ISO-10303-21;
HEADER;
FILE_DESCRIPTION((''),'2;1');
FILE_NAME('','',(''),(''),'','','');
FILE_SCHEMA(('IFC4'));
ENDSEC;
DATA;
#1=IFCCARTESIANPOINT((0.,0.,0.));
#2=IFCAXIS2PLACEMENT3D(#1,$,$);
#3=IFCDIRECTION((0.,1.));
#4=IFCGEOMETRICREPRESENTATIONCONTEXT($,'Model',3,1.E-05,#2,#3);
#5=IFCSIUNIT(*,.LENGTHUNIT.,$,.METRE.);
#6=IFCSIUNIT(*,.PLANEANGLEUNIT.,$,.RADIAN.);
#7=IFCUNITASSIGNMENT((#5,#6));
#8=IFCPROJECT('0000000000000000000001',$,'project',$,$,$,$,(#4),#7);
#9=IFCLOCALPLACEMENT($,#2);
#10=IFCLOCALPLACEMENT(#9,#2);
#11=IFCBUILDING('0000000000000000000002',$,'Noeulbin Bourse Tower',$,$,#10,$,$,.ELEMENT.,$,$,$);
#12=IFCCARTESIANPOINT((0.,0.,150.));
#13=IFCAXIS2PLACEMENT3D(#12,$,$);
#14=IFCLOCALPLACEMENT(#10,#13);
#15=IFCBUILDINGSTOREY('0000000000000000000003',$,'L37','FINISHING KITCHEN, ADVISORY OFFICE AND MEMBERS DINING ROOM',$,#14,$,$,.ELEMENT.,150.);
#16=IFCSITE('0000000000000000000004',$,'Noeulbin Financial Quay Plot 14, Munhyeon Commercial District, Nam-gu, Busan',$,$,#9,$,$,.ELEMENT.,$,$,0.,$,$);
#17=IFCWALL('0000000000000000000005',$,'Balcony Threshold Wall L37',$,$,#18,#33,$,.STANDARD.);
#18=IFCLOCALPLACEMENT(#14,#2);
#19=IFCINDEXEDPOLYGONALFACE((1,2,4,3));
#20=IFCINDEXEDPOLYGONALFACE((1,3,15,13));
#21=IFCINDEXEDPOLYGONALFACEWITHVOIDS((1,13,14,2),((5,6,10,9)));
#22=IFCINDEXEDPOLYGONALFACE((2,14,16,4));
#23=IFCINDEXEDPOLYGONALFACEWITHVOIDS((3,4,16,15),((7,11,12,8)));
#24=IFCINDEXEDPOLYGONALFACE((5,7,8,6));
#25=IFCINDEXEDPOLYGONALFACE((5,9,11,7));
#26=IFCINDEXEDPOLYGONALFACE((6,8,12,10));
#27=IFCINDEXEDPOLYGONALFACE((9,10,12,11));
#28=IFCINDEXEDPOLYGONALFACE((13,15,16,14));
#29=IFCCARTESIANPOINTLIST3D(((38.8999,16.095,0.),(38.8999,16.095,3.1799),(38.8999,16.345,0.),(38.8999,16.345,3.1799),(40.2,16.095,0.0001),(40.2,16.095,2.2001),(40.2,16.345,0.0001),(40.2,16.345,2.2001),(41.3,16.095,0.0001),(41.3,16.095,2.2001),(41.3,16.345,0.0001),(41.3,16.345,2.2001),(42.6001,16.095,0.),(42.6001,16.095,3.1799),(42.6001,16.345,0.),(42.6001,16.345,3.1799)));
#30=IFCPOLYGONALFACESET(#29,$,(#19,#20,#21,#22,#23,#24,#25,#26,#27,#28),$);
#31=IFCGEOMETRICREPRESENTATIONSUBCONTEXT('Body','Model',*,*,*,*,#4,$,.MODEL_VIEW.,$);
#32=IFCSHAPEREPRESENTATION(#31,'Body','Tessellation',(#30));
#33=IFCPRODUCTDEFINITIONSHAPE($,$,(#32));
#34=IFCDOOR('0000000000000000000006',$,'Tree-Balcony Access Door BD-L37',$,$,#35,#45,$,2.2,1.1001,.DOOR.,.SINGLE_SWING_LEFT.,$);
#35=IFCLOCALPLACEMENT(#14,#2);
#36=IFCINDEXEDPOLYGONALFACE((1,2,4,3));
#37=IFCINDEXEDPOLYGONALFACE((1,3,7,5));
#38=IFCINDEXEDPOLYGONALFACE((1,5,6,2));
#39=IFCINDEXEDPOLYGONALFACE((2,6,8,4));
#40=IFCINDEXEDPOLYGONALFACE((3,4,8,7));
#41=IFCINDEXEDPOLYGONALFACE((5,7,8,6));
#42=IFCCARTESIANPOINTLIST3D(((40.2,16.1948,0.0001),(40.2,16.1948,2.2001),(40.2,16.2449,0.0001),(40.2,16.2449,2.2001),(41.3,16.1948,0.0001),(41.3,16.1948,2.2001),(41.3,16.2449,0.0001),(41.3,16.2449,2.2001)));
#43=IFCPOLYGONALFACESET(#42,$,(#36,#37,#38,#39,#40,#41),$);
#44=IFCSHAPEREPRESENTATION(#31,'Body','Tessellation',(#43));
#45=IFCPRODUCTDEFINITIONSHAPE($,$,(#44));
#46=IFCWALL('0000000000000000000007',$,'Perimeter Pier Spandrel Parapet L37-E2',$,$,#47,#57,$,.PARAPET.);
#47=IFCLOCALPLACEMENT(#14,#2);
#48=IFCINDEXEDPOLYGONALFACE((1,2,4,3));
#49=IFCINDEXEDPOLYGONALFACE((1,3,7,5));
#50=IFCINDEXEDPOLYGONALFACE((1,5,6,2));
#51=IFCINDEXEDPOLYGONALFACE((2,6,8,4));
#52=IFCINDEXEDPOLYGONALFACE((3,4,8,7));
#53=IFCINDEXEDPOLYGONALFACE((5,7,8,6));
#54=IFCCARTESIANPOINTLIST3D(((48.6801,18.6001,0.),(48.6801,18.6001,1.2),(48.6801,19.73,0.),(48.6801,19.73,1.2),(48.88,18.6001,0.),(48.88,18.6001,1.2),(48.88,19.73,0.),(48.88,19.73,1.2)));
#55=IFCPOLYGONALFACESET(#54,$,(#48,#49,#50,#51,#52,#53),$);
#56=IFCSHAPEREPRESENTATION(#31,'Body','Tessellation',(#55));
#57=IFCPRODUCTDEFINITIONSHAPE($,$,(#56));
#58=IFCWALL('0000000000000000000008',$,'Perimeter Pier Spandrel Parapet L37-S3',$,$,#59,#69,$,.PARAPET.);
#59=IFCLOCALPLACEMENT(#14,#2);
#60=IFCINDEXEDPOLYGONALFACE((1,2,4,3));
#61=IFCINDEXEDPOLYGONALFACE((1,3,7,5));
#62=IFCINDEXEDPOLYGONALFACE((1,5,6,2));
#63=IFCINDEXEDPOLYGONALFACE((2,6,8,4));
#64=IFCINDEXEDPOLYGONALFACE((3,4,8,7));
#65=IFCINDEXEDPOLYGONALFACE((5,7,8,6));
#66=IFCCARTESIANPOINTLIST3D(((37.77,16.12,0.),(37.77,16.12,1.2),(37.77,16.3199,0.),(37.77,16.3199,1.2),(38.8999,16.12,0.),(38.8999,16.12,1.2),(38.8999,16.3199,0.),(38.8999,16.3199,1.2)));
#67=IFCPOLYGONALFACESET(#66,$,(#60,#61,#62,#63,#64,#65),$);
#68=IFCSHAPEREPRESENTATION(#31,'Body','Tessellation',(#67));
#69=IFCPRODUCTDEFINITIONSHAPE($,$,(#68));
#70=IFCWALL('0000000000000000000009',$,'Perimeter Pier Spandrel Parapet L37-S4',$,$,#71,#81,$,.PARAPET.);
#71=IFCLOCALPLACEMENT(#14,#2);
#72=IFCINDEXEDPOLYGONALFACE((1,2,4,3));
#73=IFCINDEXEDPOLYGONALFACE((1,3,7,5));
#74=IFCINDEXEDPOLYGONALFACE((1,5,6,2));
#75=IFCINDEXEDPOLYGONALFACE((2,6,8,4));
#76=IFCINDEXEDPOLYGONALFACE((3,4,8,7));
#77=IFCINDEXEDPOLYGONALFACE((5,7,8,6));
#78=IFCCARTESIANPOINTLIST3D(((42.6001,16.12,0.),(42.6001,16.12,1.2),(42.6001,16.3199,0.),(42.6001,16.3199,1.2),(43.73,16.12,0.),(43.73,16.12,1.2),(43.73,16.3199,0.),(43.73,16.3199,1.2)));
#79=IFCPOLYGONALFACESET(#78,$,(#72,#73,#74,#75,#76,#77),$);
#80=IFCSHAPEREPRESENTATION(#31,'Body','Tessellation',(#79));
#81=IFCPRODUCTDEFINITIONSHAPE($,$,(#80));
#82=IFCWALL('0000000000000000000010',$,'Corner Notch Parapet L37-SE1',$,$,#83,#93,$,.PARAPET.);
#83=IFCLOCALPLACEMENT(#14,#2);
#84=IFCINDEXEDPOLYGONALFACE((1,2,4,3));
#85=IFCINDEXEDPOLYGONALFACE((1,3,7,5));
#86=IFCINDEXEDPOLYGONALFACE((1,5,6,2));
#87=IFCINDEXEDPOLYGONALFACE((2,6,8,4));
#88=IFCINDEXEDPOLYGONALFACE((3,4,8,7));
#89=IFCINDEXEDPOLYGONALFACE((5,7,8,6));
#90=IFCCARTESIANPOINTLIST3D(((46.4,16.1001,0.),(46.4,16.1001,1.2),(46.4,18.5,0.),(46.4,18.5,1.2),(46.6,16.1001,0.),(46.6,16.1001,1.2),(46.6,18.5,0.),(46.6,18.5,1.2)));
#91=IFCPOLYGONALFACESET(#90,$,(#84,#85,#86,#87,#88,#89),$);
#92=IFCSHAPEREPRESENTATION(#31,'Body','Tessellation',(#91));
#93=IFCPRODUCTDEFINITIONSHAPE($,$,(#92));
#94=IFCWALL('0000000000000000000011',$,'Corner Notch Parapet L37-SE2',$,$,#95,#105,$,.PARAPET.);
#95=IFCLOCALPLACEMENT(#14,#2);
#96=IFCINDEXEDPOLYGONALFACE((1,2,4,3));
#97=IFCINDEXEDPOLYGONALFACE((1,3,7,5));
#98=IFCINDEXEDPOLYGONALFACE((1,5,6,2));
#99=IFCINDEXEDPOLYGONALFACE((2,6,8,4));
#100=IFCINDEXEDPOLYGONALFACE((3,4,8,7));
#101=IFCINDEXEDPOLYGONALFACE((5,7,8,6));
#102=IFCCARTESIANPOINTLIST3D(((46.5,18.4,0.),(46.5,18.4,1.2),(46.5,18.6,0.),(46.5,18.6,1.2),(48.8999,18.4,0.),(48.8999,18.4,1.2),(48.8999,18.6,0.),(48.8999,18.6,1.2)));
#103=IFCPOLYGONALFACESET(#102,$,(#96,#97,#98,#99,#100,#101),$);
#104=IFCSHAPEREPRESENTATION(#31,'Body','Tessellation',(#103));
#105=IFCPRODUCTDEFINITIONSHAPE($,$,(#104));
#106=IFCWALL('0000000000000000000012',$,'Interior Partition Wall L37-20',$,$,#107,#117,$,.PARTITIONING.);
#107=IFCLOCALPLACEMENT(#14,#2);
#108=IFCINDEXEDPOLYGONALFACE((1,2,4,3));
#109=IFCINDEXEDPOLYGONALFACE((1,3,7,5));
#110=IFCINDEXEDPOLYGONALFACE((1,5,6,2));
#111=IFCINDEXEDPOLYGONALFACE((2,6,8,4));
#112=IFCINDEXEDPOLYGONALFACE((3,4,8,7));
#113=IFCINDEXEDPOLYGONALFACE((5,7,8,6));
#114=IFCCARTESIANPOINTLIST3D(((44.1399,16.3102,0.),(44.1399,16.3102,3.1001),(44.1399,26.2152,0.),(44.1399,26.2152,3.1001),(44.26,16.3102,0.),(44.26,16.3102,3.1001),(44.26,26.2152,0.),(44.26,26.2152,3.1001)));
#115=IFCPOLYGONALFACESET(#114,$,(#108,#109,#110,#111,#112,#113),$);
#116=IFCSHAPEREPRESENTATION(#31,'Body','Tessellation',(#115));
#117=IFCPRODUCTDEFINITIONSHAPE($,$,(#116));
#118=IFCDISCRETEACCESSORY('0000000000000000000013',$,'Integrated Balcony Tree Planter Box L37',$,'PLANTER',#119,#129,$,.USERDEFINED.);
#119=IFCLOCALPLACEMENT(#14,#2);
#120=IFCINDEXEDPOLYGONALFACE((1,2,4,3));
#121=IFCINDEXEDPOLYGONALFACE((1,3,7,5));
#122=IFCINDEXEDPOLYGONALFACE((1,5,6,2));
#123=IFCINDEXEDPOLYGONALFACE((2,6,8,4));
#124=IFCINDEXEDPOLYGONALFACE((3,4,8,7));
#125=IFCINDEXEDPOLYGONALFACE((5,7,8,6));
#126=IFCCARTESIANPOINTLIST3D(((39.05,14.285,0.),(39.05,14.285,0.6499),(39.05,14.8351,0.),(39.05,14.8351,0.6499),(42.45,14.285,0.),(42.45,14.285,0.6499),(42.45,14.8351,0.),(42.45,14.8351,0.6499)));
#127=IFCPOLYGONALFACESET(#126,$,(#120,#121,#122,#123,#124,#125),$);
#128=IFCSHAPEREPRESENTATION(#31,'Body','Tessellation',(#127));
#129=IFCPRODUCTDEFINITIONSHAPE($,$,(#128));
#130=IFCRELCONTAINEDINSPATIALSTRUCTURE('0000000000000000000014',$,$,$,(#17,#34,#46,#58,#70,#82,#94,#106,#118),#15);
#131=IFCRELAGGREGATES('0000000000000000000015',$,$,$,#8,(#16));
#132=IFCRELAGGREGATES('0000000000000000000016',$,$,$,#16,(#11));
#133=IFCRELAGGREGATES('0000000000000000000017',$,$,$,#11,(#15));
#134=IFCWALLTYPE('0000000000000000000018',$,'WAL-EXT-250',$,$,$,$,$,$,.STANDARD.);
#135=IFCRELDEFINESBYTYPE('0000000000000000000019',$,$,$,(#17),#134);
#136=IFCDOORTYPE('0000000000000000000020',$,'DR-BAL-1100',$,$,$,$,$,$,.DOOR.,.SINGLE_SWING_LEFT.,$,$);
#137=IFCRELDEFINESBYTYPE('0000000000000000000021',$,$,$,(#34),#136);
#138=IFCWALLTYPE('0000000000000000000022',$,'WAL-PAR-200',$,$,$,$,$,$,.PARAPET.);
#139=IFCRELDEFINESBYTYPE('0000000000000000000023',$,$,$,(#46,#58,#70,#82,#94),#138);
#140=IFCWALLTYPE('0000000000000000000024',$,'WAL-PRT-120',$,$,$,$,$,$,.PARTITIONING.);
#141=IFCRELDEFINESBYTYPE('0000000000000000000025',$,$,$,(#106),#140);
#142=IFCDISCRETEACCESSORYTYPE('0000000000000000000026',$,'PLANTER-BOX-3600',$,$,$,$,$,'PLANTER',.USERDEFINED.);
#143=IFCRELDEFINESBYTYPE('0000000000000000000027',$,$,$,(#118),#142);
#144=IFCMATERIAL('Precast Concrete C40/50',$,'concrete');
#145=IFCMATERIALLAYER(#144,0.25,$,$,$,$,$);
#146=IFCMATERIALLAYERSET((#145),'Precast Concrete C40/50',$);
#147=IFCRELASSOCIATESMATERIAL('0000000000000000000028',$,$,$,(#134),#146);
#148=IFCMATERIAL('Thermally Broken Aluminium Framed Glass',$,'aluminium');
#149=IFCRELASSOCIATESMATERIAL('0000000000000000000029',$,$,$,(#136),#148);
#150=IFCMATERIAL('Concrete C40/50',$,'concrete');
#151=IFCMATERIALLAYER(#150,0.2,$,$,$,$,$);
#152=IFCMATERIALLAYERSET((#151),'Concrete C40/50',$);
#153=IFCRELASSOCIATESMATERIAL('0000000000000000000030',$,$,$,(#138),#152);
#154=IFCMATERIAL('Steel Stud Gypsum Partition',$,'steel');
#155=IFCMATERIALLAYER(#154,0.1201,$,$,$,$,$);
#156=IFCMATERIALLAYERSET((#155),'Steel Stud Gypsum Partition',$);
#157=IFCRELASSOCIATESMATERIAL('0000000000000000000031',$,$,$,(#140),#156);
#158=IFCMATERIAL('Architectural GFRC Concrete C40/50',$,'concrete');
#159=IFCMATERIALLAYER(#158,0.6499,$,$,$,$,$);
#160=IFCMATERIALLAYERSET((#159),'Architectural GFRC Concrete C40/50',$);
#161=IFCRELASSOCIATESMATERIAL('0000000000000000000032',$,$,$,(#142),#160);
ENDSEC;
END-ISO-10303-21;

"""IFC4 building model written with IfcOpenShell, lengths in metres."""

from ifc_helpers import new_model, si_unit, direction, frame, frame_2d, origin, origin_2d, place, context, subcontext, project, spatial, rectangle, extrude, material, layer, layer_set, type_object, element, fill, save


model = new_model("IFC4")

# Units and contexts
model_context = context("Model", 3, precision=1e-05, world=origin(), true_north=direction((0.0, 1.0)))
body_context = subcontext(model_context, "Body", "Model", "MODEL_VIEW")
ifc_project = project(units=[si_unit("LENGTHUNIT", "METRE"), si_unit("PLANEANGLEUNIT", "RADIAN")], contexts=[model_context])

# Site, building, storey
site_placement = place(None, origin())
site = spatial("IfcSite", under=ifc_project, at=site_placement, Name="Noeulbin Financial Quay Plot 14, Munhyeon Commercial District, Nam-gu, Busan", CompositionType="ELEMENT", RefElevation=0.0)
building_placement = place(site_placement, origin())
building = spatial("IfcBuilding", under=site, at=building_placement, Name="Noeulbin Bourse Tower", CompositionType="ELEMENT")
storey_placement = place(building_placement, frame((0.0, 0.0, 150.0)))
storey = spatial("IfcBuildingStorey", under=building, at=storey_placement, Name="L37", Description="FINISHING KITCHEN, ADVISORY OFFICE AND MEMBERS DINING ROOM", CompositionType="ELEMENT", Elevation=150.0)

# Wall, opening, door
ifc_material_1 = material(Name="Precast Concrete C40/50", Category="concrete")
ifc_layer_1 = layer(ifc_material_1, 0.25)
ifc_layer_set_1 = layer_set([ifc_layer_1], Name="Precast Concrete C40/50")
wall_type_1 = type_object("IfcWallType", Name="WAL-EXT-250", PredefinedType="STANDARD", material=ifc_layer_set_1)
wall_1_placement = place(storey_placement, frame((38.8999, 16.22, 0.0), z_axis=(0.0, 0.0, 1.0), x_axis=(1.0, 0.0, 0.0)))
wall_1 = element("IfcWall", 1, at=wall_1_placement, inside=storey, type_object=wall_type_1, Name="Balcony Threshold Wall L37", PredefinedType="STANDARD", context=body_context, shape_type="SweptSolid", body=[
    extrude(rectangle(XDim=3.7002, YDim=0.25, at=frame_2d((1.8501, 0.0))), origin(), (0.0, 0.0, 1.0), 3.1799),
])
opening_placement = place(wall_1_placement, frame((1.3, 0.0, 0.0)))
opening = element("IfcOpeningElement", 2, at=opening_placement, cuts=wall_1, PredefinedType="OPENING", context=body_context, shape_type="SweptSolid", body=[
    extrude(rectangle(XDim=1.1001, YDim=2.2, at=frame_2d((0.55, 1.1001))), frame((0.0, 0.135, 0.0), z_axis=(0.0, -1.0, 0.0), x_axis=(1.0, 0.0, 0.0)), (0.0, 0.0, 1.0), 0.27),
])
ifc_material_2 = material(Name="Thermally Broken Aluminium Framed Glass", Category="aluminium")
door_type = type_object("IfcDoorType", Name="DR-BAL-1100", OperationType="SINGLE_SWING_LEFT", PredefinedType="DOOR", material=ifc_material_2)
door_placement = place(opening_placement, origin())
door = element("IfcDoor", 3, at=door_placement, inside=storey, type_object=door_type, Name="Tree-Balcony Access Door BD-L37", OperationType="SINGLE_SWING_LEFT", OverallHeight=2.2, OverallWidth=1.1001, PredefinedType="DOOR", context=body_context, shape_type="SweptSolid", body=[
    extrude(rectangle(XDim=1.1001, YDim=2.2, at=frame_2d((0.55, 1.1001))), frame((0.0, 0.0249, 0.0), z_axis=(0.0, -1.0, 0.0), x_axis=(1.0, 0.0, 0.0)), (0.0, 0.0, 1.0), 0.05),
])
fill(opening, door)

# Walls
ifc_material_3 = material(Name="Concrete C40/50", Category="concrete")
ifc_layer_2 = layer(ifc_material_3, 0.2)
ifc_layer_set_2 = layer_set([ifc_layer_2], Name="Concrete C40/50")
wall_type_2 = type_object("IfcWallType", Name="WAL-PAR-200", PredefinedType="PARAPET", material=ifc_layer_set_2)
for number, where, z_axis, x_axis, name in (
    (4, (48.78, 18.6001, 0.0), (0.0, 0.0, 1.0), (0.0, 1.0, 0.0), "Perimeter Pier Spandrel Parapet L37-E2"),
    (5, (37.77, 16.22, 0.0), (0.0, 0.0, 1.0), (1.0, 0.0, 0.0), "Perimeter Pier Spandrel Parapet L37-S3"),
    (6, (42.6001, 16.22, 0.0), (0.0, 0.0, 1.0), (1.0, 0.0, 0.0), "Perimeter Pier Spandrel Parapet L37-S4"),
):
    element("IfcWall", number, at=place(storey_placement, frame(where, z_axis=z_axis, x_axis=x_axis)), inside=storey, type_object=wall_type_2, Name=name, PredefinedType="PARAPET", context=body_context, shape_type="SweptSolid", body=[
        extrude(rectangle(XDim=1.1299, YDim=0.2, at=frame_2d((0.5649, 0.0))), origin(), (0.0, 0.0, 1.0), 1.2),
    ])
for number, where, z_axis, x_axis, name in (
    (7, (46.5, 16.1001, 0.0), (0.0, 0.0, 1.0), (0.0, 1.0, 0.0), "Corner Notch Parapet L37-SE1"),
    (8, (46.5, 18.5, 0.0), (0.0, 0.0, 1.0), (1.0, 0.0, 0.0), "Corner Notch Parapet L37-SE2"),
):
    element("IfcWall", number, at=place(storey_placement, frame(where, z_axis=z_axis, x_axis=x_axis)), inside=storey, type_object=wall_type_2, Name=name, PredefinedType="PARAPET", context=body_context, shape_type="SweptSolid", body=[
        extrude(rectangle(XDim=2.3999, YDim=0.2, at=frame_2d((1.2, 0.0))), origin(), (0.0, 0.0, 1.0), 1.2),
    ])
ifc_material_4 = material(Name="Steel Stud Gypsum Partition", Category="steel")
ifc_layer_3 = layer(ifc_material_4, 0.1201)
ifc_layer_set_3 = layer_set([ifc_layer_3], Name="Steel Stud Gypsum Partition")
wall_type_3 = type_object("IfcWallType", Name="WAL-PRT-120", PredefinedType="PARTITIONING", material=ifc_layer_set_3)
wall_2_placement = place(storey_placement, frame((44.2, 16.3101, 0.0), z_axis=(0.0, 0.0, 1.0), x_axis=(0.0, 1.0, 0.0)))
element("IfcWall", 9, at=wall_2_placement, inside=storey, type_object=wall_type_3, Name="Interior Partition Wall L37-20", PredefinedType="PARTITIONING", context=body_context, shape_type="SweptSolid", body=[
    extrude(rectangle(XDim=9.905, YDim=0.1201, at=frame_2d((4.9526, 0.0))), origin(), (0.0, 0.0, 1.0), 3.1001),
])

# Discrete accessory
ifc_material_5 = material(Name="Architectural GFRC Concrete C40/50", Category="concrete")
ifc_layer_4 = layer(ifc_material_5, 0.6499)
ifc_layer_set_4 = layer_set([ifc_layer_4], Name="Architectural GFRC Concrete C40/50")
discrete_accessory_type = type_object("IfcDiscreteAccessoryType", Name="PLANTER-BOX-3600", ElementType="PLANTER", PredefinedType="USERDEFINED", material=ifc_layer_set_4)
discrete_accessory_placement = place(storey_placement, frame((40.75, 14.5601, 0.0), z_axis=(0.0, 0.0, 1.0), x_axis=(1.0, 0.0, 0.0)))
element("IfcDiscreteAccessory", 10, at=discrete_accessory_placement, inside=storey, type_object=discrete_accessory_type, Name="Integrated Balcony Tree Planter Box L37", ObjectType="PLANTER", PredefinedType="USERDEFINED", context=body_context, shape_type="SweptSolid", body=[
    extrude(rectangle(XDim=3.3999, YDim=0.55, at=origin_2d()), origin(), (0.0, 0.0, 1.0), 0.6499),
])

save(model, "model.ifc")
